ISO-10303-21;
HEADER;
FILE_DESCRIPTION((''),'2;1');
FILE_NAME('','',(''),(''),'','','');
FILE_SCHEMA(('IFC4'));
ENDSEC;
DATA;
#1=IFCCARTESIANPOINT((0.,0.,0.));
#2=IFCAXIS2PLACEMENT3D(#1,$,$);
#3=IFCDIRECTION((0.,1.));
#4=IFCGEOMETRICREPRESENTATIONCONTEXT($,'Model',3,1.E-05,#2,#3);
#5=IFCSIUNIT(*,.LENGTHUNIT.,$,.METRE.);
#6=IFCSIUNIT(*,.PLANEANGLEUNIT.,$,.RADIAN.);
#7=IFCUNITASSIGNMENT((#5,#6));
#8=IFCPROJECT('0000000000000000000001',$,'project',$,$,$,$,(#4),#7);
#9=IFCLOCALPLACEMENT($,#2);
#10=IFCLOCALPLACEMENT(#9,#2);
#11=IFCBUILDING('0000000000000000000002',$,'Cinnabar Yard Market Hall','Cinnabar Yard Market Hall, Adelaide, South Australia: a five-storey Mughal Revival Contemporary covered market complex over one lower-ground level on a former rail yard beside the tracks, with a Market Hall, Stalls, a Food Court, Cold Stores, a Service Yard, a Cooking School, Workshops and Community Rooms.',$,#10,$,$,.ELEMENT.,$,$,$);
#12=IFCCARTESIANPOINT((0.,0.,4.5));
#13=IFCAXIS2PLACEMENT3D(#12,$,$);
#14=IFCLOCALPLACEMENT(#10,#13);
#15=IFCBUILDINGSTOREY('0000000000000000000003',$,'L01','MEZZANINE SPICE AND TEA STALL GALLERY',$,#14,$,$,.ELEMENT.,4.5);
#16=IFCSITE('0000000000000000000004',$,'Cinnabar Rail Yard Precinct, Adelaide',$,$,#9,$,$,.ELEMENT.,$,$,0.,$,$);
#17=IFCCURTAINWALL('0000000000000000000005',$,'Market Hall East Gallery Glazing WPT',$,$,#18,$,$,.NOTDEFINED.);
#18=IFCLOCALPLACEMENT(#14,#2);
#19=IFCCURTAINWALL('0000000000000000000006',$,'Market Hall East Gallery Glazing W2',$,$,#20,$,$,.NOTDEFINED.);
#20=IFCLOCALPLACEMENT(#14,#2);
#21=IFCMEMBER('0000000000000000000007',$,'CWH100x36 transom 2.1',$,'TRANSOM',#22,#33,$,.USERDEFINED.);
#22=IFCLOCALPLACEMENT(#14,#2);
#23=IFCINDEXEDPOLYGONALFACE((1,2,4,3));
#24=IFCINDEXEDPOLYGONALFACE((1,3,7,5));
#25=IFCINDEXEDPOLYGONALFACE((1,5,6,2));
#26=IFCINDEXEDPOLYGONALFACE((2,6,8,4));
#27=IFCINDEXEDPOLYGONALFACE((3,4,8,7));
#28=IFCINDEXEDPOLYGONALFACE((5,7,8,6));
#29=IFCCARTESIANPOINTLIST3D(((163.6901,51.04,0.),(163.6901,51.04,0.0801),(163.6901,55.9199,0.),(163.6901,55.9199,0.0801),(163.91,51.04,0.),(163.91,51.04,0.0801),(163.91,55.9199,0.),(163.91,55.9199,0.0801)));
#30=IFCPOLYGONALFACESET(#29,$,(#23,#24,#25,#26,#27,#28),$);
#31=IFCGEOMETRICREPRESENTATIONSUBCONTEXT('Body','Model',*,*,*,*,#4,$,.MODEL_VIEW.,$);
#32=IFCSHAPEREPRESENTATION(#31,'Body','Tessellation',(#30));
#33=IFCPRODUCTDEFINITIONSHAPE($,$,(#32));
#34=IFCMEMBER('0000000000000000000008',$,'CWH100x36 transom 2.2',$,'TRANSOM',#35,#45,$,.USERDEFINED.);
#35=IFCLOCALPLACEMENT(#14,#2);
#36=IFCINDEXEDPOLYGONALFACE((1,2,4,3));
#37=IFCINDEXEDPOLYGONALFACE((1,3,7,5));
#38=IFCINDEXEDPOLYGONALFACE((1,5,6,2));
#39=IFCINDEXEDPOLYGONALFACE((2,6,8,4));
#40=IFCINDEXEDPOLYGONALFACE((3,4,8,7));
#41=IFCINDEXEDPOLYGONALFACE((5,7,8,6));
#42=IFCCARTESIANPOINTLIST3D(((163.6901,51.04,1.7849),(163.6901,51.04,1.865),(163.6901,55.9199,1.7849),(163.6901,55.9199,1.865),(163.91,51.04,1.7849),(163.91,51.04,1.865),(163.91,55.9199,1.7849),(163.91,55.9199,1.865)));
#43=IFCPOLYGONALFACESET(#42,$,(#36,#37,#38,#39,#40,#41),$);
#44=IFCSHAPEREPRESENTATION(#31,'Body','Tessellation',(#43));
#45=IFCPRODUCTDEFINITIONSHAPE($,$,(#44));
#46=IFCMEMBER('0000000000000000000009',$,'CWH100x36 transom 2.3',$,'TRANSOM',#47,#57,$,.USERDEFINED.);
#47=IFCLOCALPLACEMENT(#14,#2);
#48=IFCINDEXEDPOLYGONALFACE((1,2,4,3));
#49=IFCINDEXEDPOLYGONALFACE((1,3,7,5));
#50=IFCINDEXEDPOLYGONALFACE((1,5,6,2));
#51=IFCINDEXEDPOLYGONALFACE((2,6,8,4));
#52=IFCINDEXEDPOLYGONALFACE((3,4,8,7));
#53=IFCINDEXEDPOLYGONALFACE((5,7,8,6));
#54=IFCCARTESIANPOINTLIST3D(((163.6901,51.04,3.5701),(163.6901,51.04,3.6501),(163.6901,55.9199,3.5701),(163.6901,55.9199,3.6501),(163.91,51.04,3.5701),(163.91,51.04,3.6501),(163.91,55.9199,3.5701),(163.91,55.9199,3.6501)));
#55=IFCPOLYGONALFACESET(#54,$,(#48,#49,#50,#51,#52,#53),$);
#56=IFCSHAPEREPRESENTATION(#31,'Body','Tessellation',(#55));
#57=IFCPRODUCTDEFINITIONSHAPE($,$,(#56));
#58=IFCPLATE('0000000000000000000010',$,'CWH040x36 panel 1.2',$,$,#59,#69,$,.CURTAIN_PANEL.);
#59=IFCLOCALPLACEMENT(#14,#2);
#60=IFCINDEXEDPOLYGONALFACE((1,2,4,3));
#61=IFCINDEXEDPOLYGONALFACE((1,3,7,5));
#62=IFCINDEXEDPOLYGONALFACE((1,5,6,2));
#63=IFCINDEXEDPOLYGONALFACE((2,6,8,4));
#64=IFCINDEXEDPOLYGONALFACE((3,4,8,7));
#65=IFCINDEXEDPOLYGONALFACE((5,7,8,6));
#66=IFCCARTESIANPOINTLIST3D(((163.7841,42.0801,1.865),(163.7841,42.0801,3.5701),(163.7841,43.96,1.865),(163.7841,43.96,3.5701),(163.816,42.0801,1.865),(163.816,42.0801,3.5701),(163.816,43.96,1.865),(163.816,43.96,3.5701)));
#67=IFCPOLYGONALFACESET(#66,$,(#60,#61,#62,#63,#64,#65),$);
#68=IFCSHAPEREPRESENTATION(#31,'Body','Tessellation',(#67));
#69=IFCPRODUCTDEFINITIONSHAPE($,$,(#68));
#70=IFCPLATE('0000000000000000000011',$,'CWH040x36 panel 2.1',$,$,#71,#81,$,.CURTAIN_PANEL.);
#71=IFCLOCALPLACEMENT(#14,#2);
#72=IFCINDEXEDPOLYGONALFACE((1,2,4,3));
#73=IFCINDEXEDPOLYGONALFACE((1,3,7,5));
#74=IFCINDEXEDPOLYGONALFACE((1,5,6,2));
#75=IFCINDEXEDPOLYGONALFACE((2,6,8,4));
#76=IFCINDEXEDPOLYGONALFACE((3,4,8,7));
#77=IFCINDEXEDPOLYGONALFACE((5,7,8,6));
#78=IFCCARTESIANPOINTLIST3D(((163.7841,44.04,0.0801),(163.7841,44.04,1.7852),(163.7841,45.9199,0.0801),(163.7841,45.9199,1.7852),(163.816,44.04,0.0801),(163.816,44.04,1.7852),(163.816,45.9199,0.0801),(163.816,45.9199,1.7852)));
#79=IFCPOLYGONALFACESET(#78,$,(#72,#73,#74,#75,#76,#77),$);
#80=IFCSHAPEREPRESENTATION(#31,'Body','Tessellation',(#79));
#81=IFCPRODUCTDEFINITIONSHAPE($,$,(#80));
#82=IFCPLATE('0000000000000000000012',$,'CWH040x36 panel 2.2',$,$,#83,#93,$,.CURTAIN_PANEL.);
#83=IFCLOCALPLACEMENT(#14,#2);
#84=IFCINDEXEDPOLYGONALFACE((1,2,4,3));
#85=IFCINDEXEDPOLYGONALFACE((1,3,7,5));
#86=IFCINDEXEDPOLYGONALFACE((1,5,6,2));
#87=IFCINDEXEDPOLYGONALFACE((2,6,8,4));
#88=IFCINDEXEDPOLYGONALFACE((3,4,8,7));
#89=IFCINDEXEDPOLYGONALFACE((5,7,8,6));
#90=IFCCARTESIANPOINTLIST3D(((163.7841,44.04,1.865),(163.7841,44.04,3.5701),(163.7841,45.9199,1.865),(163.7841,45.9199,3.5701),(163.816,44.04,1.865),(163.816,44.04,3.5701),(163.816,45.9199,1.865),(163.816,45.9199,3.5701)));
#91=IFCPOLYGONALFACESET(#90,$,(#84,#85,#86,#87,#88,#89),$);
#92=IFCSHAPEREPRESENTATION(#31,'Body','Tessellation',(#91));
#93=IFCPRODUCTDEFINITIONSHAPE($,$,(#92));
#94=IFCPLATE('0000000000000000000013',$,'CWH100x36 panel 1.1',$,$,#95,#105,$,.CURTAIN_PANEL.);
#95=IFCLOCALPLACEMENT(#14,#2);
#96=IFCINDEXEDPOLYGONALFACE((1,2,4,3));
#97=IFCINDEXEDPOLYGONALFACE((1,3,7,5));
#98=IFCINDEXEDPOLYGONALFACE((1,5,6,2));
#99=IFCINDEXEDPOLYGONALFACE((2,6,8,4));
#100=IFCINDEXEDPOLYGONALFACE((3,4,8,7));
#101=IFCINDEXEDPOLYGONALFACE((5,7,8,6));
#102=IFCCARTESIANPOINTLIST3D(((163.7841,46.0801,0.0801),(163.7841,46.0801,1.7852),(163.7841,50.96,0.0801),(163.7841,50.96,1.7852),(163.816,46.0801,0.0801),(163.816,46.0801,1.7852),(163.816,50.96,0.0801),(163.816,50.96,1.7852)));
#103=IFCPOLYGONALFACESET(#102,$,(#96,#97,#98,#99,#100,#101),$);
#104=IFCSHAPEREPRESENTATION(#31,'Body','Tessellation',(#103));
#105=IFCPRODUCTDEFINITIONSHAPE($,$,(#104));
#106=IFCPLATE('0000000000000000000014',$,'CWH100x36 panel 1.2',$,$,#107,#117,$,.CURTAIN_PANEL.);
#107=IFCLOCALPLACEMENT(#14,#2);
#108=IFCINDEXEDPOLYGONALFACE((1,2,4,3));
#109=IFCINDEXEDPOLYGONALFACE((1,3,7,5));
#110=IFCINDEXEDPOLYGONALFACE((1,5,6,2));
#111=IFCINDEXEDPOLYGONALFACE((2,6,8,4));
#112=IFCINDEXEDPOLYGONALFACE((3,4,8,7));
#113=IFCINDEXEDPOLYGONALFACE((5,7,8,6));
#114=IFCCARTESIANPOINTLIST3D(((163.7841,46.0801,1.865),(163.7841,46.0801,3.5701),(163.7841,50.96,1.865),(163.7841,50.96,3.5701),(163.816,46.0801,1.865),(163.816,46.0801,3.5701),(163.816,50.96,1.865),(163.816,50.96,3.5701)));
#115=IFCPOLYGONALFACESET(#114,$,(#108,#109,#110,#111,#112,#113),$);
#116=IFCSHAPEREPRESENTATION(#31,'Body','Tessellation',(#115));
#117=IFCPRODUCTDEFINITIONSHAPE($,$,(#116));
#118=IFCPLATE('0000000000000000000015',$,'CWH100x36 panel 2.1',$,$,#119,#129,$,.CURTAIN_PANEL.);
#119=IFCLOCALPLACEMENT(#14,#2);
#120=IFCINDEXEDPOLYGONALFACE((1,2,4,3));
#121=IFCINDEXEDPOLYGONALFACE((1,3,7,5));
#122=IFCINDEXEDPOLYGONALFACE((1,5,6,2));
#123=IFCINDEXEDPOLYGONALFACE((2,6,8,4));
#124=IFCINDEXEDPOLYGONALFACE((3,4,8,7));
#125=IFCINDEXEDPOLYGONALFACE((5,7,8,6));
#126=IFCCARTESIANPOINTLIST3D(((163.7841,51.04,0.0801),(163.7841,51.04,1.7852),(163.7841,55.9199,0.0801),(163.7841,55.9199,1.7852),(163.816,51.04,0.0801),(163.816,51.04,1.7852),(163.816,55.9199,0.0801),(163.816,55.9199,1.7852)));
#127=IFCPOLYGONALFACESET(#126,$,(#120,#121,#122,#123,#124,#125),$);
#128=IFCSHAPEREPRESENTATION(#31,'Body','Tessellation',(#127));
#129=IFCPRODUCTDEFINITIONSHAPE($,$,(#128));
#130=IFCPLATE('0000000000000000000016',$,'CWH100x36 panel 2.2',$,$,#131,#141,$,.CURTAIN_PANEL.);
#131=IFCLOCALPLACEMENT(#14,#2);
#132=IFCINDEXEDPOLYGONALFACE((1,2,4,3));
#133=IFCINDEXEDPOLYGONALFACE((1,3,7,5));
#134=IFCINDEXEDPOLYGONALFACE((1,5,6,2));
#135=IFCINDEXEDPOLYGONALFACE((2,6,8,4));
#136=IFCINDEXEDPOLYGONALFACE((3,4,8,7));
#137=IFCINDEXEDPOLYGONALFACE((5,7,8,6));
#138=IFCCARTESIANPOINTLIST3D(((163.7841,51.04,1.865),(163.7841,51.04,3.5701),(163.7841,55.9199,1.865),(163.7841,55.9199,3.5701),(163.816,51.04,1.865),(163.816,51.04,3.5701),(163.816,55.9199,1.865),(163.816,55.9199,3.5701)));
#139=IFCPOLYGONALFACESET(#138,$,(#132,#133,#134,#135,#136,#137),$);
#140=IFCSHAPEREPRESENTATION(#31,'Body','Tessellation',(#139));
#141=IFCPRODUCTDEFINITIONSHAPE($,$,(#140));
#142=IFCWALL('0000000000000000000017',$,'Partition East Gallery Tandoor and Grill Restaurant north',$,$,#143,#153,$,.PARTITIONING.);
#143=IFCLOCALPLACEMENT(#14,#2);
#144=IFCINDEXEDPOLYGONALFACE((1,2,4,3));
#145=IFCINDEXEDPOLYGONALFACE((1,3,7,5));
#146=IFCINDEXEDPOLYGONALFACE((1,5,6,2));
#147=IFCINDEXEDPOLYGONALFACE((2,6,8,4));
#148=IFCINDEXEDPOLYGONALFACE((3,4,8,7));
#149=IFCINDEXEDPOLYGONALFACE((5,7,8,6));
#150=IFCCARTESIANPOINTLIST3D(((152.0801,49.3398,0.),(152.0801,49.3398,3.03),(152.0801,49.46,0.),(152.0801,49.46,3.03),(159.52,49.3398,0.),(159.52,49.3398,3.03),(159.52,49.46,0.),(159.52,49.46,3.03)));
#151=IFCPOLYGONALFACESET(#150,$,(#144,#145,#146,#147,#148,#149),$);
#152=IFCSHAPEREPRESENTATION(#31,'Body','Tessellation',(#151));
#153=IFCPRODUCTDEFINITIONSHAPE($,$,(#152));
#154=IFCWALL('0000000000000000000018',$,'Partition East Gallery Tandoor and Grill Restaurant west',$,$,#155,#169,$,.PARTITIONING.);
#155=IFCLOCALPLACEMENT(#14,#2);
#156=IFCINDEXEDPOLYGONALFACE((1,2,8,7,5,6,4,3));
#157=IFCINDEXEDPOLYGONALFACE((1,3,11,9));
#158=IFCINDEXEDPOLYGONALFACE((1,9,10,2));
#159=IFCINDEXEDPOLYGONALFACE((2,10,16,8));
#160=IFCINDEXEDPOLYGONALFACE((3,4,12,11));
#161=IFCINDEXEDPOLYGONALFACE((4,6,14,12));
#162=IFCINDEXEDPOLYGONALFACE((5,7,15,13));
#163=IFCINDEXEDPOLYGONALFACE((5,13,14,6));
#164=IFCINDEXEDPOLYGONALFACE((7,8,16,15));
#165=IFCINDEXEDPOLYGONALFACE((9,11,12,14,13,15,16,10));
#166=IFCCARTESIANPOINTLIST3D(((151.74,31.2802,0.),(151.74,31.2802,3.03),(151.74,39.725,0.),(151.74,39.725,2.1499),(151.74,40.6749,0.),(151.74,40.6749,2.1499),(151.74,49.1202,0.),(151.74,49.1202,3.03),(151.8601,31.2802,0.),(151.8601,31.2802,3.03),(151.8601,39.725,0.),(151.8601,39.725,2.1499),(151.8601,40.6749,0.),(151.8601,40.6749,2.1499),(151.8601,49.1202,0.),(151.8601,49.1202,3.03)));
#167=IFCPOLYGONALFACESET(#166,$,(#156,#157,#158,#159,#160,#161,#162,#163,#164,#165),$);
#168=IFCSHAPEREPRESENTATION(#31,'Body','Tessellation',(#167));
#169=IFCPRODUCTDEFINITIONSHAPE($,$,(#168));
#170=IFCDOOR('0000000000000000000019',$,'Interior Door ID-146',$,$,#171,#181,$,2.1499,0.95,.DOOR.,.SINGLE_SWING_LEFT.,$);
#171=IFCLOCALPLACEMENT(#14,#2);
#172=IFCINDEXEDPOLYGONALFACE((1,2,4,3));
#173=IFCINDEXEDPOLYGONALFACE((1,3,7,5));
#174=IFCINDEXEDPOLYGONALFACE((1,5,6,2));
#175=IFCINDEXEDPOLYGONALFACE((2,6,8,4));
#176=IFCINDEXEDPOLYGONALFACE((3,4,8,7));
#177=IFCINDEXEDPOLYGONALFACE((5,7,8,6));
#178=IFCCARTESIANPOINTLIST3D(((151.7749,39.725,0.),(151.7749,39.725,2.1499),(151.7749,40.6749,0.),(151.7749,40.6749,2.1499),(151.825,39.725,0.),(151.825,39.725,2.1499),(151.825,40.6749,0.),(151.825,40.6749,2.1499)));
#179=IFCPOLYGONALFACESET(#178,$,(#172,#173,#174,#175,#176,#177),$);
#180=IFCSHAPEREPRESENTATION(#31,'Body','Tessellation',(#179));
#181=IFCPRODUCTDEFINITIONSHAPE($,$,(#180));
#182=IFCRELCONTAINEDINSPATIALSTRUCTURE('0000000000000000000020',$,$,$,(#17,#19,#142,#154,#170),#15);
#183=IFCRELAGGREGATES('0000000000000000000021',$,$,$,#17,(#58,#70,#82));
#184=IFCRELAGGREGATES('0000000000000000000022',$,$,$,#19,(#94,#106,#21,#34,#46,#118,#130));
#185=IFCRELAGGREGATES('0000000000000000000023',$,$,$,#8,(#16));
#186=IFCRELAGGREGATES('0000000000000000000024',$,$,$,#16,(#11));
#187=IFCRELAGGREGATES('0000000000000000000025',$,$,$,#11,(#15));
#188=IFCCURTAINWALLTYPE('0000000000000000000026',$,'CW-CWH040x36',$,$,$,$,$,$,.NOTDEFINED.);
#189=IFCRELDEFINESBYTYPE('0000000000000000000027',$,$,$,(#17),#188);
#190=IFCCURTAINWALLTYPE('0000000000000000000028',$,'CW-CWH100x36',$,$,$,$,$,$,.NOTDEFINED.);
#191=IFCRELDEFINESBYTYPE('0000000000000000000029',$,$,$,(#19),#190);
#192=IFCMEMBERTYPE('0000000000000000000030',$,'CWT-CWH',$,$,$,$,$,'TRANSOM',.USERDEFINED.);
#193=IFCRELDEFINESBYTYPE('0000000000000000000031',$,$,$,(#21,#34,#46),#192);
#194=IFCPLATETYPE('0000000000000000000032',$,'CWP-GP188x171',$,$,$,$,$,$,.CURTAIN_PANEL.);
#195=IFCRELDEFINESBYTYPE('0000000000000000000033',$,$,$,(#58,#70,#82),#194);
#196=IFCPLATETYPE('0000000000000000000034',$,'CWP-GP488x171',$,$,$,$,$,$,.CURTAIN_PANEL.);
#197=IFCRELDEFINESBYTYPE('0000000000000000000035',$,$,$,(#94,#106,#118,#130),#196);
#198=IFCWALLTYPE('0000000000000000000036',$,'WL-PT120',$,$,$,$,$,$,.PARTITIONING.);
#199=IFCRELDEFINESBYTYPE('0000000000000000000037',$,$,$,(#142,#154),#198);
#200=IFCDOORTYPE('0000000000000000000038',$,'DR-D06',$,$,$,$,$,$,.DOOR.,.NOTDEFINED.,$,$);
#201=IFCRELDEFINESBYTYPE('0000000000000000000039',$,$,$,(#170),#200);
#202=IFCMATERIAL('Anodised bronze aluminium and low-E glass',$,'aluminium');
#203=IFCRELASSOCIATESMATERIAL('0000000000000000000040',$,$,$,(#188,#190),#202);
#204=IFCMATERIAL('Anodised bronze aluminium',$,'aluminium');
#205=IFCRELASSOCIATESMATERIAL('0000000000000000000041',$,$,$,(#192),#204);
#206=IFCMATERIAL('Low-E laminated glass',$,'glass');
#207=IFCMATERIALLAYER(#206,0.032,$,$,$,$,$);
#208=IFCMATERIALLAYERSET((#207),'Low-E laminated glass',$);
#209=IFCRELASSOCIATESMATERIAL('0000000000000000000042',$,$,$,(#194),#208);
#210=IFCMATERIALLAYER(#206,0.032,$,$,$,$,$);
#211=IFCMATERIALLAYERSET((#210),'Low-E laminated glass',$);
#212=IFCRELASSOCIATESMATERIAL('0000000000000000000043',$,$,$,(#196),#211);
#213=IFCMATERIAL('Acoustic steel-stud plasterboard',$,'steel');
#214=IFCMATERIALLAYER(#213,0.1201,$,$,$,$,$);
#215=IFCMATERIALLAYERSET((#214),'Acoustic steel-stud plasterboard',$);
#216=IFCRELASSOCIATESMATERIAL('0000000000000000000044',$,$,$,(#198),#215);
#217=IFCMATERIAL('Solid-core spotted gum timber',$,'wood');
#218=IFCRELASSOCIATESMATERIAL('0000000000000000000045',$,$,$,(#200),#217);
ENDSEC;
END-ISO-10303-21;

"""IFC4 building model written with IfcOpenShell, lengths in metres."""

from ifc_helpers import new_model, si_unit, direction, frame, frame_2d, origin, origin_2d_with_axis, place, context, subcontext, project, spatial, rectangle, extrude, material, layer, layer_set, material_profile, profile_set, type_object, element, fill, aggregate, save


model = new_model("IFC4")

# Units and contexts
model_context = context("Model", 3, precision=1e-05, world=origin(), true_north=direction((0.0, 1.0)))
body_context = subcontext(model_context, "Body", "Model", "MODEL_VIEW")
ifc_project = project(units=[si_unit("LENGTHUNIT", "METRE"), si_unit("PLANEANGLEUNIT", "RADIAN")], contexts=[model_context])

# Site, building, storey
site_placement = place(None, origin())
site = spatial("IfcSite", under=ifc_project, at=site_placement, Name="Cinnabar Rail Yard Precinct, Adelaide", CompositionType="ELEMENT", RefElevation=0.0)
building_placement = place(site_placement, origin())
building = spatial("IfcBuilding", under=site, at=building_placement, Name="Cinnabar Yard Market Hall", Description="Cinnabar Yard Market Hall, Adelaide, South Australia: a five-storey Mughal Revival Contemporary covered market complex over one lower-ground level on a former rail yard beside the tracks, with a Market Hall, Stalls, a Food Court, Cold Stores, a Service Yard, a Cooking School, Workshops and Community Rooms.", CompositionType="ELEMENT")
storey_placement = place(building_placement, frame((0.0, 0.0, 4.5)))
storey = spatial("IfcBuildingStorey", under=building, at=storey_placement, Name="L01", Description="MEZZANINE SPICE AND TEA STALL GALLERY", CompositionType="ELEMENT", Elevation=4.5)

# Curtain walls
ifc_material_1 = material(Name="Anodised bronze aluminium and low-E glass", Category="aluminium")
curtain_wall_type_1 = type_object("IfcCurtainWallType", Name="CW-CWH040x36", PredefinedType="NOTDEFINED", material=ifc_material_1)
curtain_wall_1_placement = place(storey_placement, origin())
curtain_wall_1 = element("IfcCurtainWall", 1, at=curtain_wall_1_placement, inside=storey, type_object=curtain_wall_type_1, Name="Market Hall East Gallery Glazing WPT", PredefinedType="NOTDEFINED")
ifc_material_2 = material(Name="Anodised bronze aluminium", Category="aluminium")
curtain_wall_type_2 = type_object("IfcCurtainWallType", Name="CW-CWH100x36", PredefinedType="NOTDEFINED", material=ifc_material_1)
curtain_wall_2_placement = place(storey_placement, origin())
curtain_wall_2 = element("IfcCurtainWall", 2, at=curtain_wall_2_placement, inside=storey, type_object=curtain_wall_type_2, Name="Market Hall East Gallery Glazing W2", PredefinedType="NOTDEFINED")

# Members
ifc_material_profile_1 = material_profile(ifc_material_2, rectangle(XDim=0.22, YDim=0.0801, at=origin_2d_with_axis()), Name="TRN-CWH")
ifc_profile_set_1 = profile_set([ifc_material_profile_1], Name="Anodised bronze aluminium")
member_type_1 = type_object("IfcMemberType", Name="CWT-CWH", ElementType="TRANSOM", PredefinedType="USERDEFINED", material=ifc_profile_set_1)
member_1_placement = place(storey_placement, frame((163.8, 51.04, 0.04), z_axis=(0.0, 1.0, 0.0), x_axis=(-1.0, 0.0, 0.0)))
member_1 = element("IfcMember", 3, at=member_1_placement, type_object=member_type_1, Name="CWH100x36 transom 2.1", ObjectType="TRANSOM", PredefinedType="USERDEFINED", context=body_context, shape_type="SweptSolid", body=[
    extrude(rectangle(XDim=0.22, YDim=0.0801, at=origin_2d_with_axis()), origin(), (0.0, 0.0, 1.0), 4.8799),
])
member_2_placement = place(storey_placement, frame((163.8, 51.04, 1.825), z_axis=(0.0, 1.0, 0.0), x_axis=(-1.0, 0.0, 0.0)))
member_2 = element("IfcMember", 4, at=member_2_placement, type_object=member_type_1, Name="CWH100x36 transom 2.2", ObjectType="TRANSOM", PredefinedType="USERDEFINED", context=body_context, shape_type="SweptSolid", body=[
    extrude(rectangle(XDim=0.22, YDim=0.0801, at=origin_2d_with_axis()), origin(), (0.0, 0.0, 1.0), 4.8799),
])
member_3_placement = place(storey_placement, frame((163.8, 51.04, 3.6101), z_axis=(0.0, 1.0, 0.0), x_axis=(-1.0, 0.0, 0.0)))
member_3 = element("IfcMember", 5, at=member_3_placement, type_object=member_type_1, Name="CWH100x36 transom 2.3", ObjectType="TRANSOM", PredefinedType="USERDEFINED", context=body_context, shape_type="SweptSolid", body=[
    extrude(rectangle(XDim=0.22, YDim=0.0801, at=origin_2d_with_axis()), origin(), (0.0, 0.0, 1.0), 4.8799),
])

# Plates
ifc_material_3 = material(Name="Low-E laminated glass", Category="glass")
ifc_layer_1 = layer(ifc_material_3, 0.032)
ifc_layer_set_1 = layer_set([ifc_layer_1], Name="Low-E laminated glass")
plate_type_1 = type_object("IfcPlateType", Name="CWP-GP188x171", PredefinedType="CURTAIN_PANEL", material=ifc_layer_set_1)
plate_1_placement = place(storey_placement, frame((163.8, 43.02, 1.865), z_axis=(0.0, 0.0, 1.0), x_axis=(0.0, 1.0, 0.0)))
plate_1 = element("IfcPlate", 6, at=plate_1_placement, type_object=plate_type_1, Name="CWH040x36 panel 1.2", PredefinedType="CURTAIN_PANEL", context=body_context, shape_type="SweptSolid", body=[
    extrude(rectangle(XDim=1.8799, YDim=0.032, at=origin_2d_with_axis()), origin(), (0.0, 0.0, 1.0), 1.7051),
])
plate_2_placement = place(storey_placement, frame((163.8, 44.98, 0.0801), z_axis=(0.0, 0.0, 1.0), x_axis=(0.0, 1.0, 0.0)))
plate_2 = element("IfcPlate", 7, at=plate_2_placement, type_object=plate_type_1, Name="CWH040x36 panel 2.1", PredefinedType="CURTAIN_PANEL", context=body_context, shape_type="SweptSolid", body=[
    extrude(rectangle(XDim=1.8799, YDim=0.032, at=origin_2d_with_axis()), origin(), (0.0, 0.0, 1.0), 1.7051),
])
plate_3_placement = place(storey_placement, frame((163.8, 44.98, 1.865), z_axis=(0.0, 0.0, 1.0), x_axis=(0.0, 1.0, 0.0)))
plate_3 = element("IfcPlate", 8, at=plate_3_placement, type_object=plate_type_1, Name="CWH040x36 panel 2.2", PredefinedType="CURTAIN_PANEL", context=body_context, shape_type="SweptSolid", body=[
    extrude(rectangle(XDim=1.8799, YDim=0.032, at=origin_2d_with_axis()), origin(), (0.0, 0.0, 1.0), 1.7051),
])
aggregate(curtain_wall_1, [plate_1, plate_2, plate_3])
ifc_layer_2 = layer(ifc_material_3, 0.032)
ifc_layer_set_2 = layer_set([ifc_layer_2], Name="Low-E laminated glass")
plate_type_2 = type_object("IfcPlateType", Name="CWP-GP488x171", PredefinedType="CURTAIN_PANEL", material=ifc_layer_set_2)
plate_4_placement = place(storey_placement, frame((163.8, 48.52, 0.0801), z_axis=(0.0, 0.0, 1.0), x_axis=(0.0, 1.0, 0.0)))
plate_4 = element("IfcPlate", 9, at=plate_4_placement, type_object=plate_type_2, Name="CWH100x36 panel 1.1", PredefinedType="CURTAIN_PANEL", context=body_context, shape_type="SweptSolid", body=[
    extrude(rectangle(XDim=4.8799, YDim=0.032, at=origin_2d_with_axis()), origin(), (0.0, 0.0, 1.0), 1.7051),
])
plate_5_placement = place(storey_placement, frame((163.8, 48.52, 1.865), z_axis=(0.0, 0.0, 1.0), x_axis=(0.0, 1.0, 0.0)))
plate_5 = element("IfcPlate", 10, at=plate_5_placement, type_object=plate_type_2, Name="CWH100x36 panel 1.2", PredefinedType="CURTAIN_PANEL", context=body_context, shape_type="SweptSolid", body=[
    extrude(rectangle(XDim=4.8799, YDim=0.032, at=origin_2d_with_axis()), origin(), (0.0, 0.0, 1.0), 1.7051),
])
plate_6_placement = place(storey_placement, frame((163.8, 53.48, 0.0801), z_axis=(0.0, 0.0, 1.0), x_axis=(0.0, 1.0, 0.0)))
plate_6 = element("IfcPlate", 11, at=plate_6_placement, type_object=plate_type_2, Name="CWH100x36 panel 2.1", PredefinedType="CURTAIN_PANEL", context=body_context, shape_type="SweptSolid", body=[
    extrude(rectangle(XDim=4.8799, YDim=0.032, at=origin_2d_with_axis()), origin(), (0.0, 0.0, 1.0), 1.7051),
])
plate_7_placement = place(storey_placement, frame((163.8, 53.48, 1.865), z_axis=(0.0, 0.0, 1.0), x_axis=(0.0, 1.0, 0.0)))
plate_7 = element("IfcPlate", 12, at=plate_7_placement, type_object=plate_type_2, Name="CWH100x36 panel 2.2", PredefinedType="CURTAIN_PANEL", context=body_context, shape_type="SweptSolid", body=[
    extrude(rectangle(XDim=4.8799, YDim=0.032, at=origin_2d_with_axis()), origin(), (0.0, 0.0, 1.0), 1.7051),
])
aggregate(curtain_wall_2, [plate_4, plate_5, member_1, member_2, member_3, plate_6, plate_7])

# Wall
ifc_material_4 = material(Name="Acoustic steel-stud plasterboard", Category="steel")
ifc_layer_3 = layer(ifc_material_4, 0.1201)
ifc_layer_set_3 = layer_set([ifc_layer_3], Name="Acoustic steel-stud plasterboard")
wall_type_1 = type_object("IfcWallType", Name="WL-PT120", PredefinedType="PARTITIONING", material=ifc_layer_set_3)
wall_1_placement = place(storey_placement, frame((159.52, 49.3999, 0.0), z_axis=(0.0, 0.0, 1.0), x_axis=(-1.0, 0.0, 0.0)))
element("IfcWall", 13, at=wall_1_placement, inside=storey, type_object=wall_type_1, Name="Partition East Gallery Tandoor and Grill Restaurant north", PredefinedType="PARTITIONING", context=body_context, shape_type="SweptSolid", body=[
    extrude(rectangle(XDim=7.4399, YDim=0.1201, at=frame_2d((3.72, 0.0), x_axis=(1.0, 0.0))), origin(), (0.0, 0.0, 1.0), 3.03),
])

# Wall, opening, door
wall_2_placement = place(storey_placement, frame((151.8, 49.1201, 0.0), z_axis=(0.0, 0.0, 1.0), x_axis=(0.0, -1.0, 0.0)))
wall_2 = element("IfcWall", 14, at=wall_2_placement, inside=storey, type_object=wall_type_1, Name="Partition East Gallery Tandoor and Grill Restaurant west", PredefinedType="PARTITIONING", context=body_context, shape_type="SweptSolid", body=[
    extrude(rectangle(XDim=17.8401, YDim=0.1201, at=frame_2d((8.9199, 0.0), x_axis=(1.0, 0.0))), origin(), (0.0, 0.0, 1.0), 3.03),
])
opening_1_placement = place(wall_2_placement, frame((8.4451, 0.0, 0.0)))
opening_1 = element("IfcOpeningElement", 15, at=opening_1_placement, cuts=wall_2, PredefinedType="OPENING", context=body_context, shape_type="SweptSolid", body=[
    extrude(rectangle(XDim=0.95, YDim=2.1499, at=frame_2d((0.4751, 1.075), x_axis=(1.0, 0.0))), frame((0.0, 0.0701, 0.0), z_axis=(0.0, -1.0, 0.0), x_axis=(1.0, 0.0, 0.0)), (0.0, 0.0, 1.0), 0.1401),
])
ifc_material_5 = material(Name="Solid-core spotted gum timber", Category="wood")
door_type_1 = type_object("IfcDoorType", Name="DR-D06", OperationType="NOTDEFINED", PredefinedType="DOOR", material=ifc_material_5)
door_1_placement = place(opening_1_placement, origin())
door_1 = element("IfcDoor", 16, at=door_1_placement, inside=storey, type_object=door_type_1, Name="Interior Door ID-146", OperationType="SINGLE_SWING_LEFT", OverallHeight=2.1499, OverallWidth=0.95, PredefinedType="DOOR", context=body_context, shape_type="SweptSolid", body=[
    extrude(rectangle(XDim=0.95, YDim=2.1499, at=frame_2d((0.4751, 1.075), x_axis=(1.0, 0.0))), frame((0.0, 0.0249, 0.0), z_axis=(0.0, -1.0, 0.0), x_axis=(1.0, 0.0, 0.0)), (0.0, 0.0, 1.0), 0.05),
])
fill(opening_1, door_1)

save(model, "model.ifc")
